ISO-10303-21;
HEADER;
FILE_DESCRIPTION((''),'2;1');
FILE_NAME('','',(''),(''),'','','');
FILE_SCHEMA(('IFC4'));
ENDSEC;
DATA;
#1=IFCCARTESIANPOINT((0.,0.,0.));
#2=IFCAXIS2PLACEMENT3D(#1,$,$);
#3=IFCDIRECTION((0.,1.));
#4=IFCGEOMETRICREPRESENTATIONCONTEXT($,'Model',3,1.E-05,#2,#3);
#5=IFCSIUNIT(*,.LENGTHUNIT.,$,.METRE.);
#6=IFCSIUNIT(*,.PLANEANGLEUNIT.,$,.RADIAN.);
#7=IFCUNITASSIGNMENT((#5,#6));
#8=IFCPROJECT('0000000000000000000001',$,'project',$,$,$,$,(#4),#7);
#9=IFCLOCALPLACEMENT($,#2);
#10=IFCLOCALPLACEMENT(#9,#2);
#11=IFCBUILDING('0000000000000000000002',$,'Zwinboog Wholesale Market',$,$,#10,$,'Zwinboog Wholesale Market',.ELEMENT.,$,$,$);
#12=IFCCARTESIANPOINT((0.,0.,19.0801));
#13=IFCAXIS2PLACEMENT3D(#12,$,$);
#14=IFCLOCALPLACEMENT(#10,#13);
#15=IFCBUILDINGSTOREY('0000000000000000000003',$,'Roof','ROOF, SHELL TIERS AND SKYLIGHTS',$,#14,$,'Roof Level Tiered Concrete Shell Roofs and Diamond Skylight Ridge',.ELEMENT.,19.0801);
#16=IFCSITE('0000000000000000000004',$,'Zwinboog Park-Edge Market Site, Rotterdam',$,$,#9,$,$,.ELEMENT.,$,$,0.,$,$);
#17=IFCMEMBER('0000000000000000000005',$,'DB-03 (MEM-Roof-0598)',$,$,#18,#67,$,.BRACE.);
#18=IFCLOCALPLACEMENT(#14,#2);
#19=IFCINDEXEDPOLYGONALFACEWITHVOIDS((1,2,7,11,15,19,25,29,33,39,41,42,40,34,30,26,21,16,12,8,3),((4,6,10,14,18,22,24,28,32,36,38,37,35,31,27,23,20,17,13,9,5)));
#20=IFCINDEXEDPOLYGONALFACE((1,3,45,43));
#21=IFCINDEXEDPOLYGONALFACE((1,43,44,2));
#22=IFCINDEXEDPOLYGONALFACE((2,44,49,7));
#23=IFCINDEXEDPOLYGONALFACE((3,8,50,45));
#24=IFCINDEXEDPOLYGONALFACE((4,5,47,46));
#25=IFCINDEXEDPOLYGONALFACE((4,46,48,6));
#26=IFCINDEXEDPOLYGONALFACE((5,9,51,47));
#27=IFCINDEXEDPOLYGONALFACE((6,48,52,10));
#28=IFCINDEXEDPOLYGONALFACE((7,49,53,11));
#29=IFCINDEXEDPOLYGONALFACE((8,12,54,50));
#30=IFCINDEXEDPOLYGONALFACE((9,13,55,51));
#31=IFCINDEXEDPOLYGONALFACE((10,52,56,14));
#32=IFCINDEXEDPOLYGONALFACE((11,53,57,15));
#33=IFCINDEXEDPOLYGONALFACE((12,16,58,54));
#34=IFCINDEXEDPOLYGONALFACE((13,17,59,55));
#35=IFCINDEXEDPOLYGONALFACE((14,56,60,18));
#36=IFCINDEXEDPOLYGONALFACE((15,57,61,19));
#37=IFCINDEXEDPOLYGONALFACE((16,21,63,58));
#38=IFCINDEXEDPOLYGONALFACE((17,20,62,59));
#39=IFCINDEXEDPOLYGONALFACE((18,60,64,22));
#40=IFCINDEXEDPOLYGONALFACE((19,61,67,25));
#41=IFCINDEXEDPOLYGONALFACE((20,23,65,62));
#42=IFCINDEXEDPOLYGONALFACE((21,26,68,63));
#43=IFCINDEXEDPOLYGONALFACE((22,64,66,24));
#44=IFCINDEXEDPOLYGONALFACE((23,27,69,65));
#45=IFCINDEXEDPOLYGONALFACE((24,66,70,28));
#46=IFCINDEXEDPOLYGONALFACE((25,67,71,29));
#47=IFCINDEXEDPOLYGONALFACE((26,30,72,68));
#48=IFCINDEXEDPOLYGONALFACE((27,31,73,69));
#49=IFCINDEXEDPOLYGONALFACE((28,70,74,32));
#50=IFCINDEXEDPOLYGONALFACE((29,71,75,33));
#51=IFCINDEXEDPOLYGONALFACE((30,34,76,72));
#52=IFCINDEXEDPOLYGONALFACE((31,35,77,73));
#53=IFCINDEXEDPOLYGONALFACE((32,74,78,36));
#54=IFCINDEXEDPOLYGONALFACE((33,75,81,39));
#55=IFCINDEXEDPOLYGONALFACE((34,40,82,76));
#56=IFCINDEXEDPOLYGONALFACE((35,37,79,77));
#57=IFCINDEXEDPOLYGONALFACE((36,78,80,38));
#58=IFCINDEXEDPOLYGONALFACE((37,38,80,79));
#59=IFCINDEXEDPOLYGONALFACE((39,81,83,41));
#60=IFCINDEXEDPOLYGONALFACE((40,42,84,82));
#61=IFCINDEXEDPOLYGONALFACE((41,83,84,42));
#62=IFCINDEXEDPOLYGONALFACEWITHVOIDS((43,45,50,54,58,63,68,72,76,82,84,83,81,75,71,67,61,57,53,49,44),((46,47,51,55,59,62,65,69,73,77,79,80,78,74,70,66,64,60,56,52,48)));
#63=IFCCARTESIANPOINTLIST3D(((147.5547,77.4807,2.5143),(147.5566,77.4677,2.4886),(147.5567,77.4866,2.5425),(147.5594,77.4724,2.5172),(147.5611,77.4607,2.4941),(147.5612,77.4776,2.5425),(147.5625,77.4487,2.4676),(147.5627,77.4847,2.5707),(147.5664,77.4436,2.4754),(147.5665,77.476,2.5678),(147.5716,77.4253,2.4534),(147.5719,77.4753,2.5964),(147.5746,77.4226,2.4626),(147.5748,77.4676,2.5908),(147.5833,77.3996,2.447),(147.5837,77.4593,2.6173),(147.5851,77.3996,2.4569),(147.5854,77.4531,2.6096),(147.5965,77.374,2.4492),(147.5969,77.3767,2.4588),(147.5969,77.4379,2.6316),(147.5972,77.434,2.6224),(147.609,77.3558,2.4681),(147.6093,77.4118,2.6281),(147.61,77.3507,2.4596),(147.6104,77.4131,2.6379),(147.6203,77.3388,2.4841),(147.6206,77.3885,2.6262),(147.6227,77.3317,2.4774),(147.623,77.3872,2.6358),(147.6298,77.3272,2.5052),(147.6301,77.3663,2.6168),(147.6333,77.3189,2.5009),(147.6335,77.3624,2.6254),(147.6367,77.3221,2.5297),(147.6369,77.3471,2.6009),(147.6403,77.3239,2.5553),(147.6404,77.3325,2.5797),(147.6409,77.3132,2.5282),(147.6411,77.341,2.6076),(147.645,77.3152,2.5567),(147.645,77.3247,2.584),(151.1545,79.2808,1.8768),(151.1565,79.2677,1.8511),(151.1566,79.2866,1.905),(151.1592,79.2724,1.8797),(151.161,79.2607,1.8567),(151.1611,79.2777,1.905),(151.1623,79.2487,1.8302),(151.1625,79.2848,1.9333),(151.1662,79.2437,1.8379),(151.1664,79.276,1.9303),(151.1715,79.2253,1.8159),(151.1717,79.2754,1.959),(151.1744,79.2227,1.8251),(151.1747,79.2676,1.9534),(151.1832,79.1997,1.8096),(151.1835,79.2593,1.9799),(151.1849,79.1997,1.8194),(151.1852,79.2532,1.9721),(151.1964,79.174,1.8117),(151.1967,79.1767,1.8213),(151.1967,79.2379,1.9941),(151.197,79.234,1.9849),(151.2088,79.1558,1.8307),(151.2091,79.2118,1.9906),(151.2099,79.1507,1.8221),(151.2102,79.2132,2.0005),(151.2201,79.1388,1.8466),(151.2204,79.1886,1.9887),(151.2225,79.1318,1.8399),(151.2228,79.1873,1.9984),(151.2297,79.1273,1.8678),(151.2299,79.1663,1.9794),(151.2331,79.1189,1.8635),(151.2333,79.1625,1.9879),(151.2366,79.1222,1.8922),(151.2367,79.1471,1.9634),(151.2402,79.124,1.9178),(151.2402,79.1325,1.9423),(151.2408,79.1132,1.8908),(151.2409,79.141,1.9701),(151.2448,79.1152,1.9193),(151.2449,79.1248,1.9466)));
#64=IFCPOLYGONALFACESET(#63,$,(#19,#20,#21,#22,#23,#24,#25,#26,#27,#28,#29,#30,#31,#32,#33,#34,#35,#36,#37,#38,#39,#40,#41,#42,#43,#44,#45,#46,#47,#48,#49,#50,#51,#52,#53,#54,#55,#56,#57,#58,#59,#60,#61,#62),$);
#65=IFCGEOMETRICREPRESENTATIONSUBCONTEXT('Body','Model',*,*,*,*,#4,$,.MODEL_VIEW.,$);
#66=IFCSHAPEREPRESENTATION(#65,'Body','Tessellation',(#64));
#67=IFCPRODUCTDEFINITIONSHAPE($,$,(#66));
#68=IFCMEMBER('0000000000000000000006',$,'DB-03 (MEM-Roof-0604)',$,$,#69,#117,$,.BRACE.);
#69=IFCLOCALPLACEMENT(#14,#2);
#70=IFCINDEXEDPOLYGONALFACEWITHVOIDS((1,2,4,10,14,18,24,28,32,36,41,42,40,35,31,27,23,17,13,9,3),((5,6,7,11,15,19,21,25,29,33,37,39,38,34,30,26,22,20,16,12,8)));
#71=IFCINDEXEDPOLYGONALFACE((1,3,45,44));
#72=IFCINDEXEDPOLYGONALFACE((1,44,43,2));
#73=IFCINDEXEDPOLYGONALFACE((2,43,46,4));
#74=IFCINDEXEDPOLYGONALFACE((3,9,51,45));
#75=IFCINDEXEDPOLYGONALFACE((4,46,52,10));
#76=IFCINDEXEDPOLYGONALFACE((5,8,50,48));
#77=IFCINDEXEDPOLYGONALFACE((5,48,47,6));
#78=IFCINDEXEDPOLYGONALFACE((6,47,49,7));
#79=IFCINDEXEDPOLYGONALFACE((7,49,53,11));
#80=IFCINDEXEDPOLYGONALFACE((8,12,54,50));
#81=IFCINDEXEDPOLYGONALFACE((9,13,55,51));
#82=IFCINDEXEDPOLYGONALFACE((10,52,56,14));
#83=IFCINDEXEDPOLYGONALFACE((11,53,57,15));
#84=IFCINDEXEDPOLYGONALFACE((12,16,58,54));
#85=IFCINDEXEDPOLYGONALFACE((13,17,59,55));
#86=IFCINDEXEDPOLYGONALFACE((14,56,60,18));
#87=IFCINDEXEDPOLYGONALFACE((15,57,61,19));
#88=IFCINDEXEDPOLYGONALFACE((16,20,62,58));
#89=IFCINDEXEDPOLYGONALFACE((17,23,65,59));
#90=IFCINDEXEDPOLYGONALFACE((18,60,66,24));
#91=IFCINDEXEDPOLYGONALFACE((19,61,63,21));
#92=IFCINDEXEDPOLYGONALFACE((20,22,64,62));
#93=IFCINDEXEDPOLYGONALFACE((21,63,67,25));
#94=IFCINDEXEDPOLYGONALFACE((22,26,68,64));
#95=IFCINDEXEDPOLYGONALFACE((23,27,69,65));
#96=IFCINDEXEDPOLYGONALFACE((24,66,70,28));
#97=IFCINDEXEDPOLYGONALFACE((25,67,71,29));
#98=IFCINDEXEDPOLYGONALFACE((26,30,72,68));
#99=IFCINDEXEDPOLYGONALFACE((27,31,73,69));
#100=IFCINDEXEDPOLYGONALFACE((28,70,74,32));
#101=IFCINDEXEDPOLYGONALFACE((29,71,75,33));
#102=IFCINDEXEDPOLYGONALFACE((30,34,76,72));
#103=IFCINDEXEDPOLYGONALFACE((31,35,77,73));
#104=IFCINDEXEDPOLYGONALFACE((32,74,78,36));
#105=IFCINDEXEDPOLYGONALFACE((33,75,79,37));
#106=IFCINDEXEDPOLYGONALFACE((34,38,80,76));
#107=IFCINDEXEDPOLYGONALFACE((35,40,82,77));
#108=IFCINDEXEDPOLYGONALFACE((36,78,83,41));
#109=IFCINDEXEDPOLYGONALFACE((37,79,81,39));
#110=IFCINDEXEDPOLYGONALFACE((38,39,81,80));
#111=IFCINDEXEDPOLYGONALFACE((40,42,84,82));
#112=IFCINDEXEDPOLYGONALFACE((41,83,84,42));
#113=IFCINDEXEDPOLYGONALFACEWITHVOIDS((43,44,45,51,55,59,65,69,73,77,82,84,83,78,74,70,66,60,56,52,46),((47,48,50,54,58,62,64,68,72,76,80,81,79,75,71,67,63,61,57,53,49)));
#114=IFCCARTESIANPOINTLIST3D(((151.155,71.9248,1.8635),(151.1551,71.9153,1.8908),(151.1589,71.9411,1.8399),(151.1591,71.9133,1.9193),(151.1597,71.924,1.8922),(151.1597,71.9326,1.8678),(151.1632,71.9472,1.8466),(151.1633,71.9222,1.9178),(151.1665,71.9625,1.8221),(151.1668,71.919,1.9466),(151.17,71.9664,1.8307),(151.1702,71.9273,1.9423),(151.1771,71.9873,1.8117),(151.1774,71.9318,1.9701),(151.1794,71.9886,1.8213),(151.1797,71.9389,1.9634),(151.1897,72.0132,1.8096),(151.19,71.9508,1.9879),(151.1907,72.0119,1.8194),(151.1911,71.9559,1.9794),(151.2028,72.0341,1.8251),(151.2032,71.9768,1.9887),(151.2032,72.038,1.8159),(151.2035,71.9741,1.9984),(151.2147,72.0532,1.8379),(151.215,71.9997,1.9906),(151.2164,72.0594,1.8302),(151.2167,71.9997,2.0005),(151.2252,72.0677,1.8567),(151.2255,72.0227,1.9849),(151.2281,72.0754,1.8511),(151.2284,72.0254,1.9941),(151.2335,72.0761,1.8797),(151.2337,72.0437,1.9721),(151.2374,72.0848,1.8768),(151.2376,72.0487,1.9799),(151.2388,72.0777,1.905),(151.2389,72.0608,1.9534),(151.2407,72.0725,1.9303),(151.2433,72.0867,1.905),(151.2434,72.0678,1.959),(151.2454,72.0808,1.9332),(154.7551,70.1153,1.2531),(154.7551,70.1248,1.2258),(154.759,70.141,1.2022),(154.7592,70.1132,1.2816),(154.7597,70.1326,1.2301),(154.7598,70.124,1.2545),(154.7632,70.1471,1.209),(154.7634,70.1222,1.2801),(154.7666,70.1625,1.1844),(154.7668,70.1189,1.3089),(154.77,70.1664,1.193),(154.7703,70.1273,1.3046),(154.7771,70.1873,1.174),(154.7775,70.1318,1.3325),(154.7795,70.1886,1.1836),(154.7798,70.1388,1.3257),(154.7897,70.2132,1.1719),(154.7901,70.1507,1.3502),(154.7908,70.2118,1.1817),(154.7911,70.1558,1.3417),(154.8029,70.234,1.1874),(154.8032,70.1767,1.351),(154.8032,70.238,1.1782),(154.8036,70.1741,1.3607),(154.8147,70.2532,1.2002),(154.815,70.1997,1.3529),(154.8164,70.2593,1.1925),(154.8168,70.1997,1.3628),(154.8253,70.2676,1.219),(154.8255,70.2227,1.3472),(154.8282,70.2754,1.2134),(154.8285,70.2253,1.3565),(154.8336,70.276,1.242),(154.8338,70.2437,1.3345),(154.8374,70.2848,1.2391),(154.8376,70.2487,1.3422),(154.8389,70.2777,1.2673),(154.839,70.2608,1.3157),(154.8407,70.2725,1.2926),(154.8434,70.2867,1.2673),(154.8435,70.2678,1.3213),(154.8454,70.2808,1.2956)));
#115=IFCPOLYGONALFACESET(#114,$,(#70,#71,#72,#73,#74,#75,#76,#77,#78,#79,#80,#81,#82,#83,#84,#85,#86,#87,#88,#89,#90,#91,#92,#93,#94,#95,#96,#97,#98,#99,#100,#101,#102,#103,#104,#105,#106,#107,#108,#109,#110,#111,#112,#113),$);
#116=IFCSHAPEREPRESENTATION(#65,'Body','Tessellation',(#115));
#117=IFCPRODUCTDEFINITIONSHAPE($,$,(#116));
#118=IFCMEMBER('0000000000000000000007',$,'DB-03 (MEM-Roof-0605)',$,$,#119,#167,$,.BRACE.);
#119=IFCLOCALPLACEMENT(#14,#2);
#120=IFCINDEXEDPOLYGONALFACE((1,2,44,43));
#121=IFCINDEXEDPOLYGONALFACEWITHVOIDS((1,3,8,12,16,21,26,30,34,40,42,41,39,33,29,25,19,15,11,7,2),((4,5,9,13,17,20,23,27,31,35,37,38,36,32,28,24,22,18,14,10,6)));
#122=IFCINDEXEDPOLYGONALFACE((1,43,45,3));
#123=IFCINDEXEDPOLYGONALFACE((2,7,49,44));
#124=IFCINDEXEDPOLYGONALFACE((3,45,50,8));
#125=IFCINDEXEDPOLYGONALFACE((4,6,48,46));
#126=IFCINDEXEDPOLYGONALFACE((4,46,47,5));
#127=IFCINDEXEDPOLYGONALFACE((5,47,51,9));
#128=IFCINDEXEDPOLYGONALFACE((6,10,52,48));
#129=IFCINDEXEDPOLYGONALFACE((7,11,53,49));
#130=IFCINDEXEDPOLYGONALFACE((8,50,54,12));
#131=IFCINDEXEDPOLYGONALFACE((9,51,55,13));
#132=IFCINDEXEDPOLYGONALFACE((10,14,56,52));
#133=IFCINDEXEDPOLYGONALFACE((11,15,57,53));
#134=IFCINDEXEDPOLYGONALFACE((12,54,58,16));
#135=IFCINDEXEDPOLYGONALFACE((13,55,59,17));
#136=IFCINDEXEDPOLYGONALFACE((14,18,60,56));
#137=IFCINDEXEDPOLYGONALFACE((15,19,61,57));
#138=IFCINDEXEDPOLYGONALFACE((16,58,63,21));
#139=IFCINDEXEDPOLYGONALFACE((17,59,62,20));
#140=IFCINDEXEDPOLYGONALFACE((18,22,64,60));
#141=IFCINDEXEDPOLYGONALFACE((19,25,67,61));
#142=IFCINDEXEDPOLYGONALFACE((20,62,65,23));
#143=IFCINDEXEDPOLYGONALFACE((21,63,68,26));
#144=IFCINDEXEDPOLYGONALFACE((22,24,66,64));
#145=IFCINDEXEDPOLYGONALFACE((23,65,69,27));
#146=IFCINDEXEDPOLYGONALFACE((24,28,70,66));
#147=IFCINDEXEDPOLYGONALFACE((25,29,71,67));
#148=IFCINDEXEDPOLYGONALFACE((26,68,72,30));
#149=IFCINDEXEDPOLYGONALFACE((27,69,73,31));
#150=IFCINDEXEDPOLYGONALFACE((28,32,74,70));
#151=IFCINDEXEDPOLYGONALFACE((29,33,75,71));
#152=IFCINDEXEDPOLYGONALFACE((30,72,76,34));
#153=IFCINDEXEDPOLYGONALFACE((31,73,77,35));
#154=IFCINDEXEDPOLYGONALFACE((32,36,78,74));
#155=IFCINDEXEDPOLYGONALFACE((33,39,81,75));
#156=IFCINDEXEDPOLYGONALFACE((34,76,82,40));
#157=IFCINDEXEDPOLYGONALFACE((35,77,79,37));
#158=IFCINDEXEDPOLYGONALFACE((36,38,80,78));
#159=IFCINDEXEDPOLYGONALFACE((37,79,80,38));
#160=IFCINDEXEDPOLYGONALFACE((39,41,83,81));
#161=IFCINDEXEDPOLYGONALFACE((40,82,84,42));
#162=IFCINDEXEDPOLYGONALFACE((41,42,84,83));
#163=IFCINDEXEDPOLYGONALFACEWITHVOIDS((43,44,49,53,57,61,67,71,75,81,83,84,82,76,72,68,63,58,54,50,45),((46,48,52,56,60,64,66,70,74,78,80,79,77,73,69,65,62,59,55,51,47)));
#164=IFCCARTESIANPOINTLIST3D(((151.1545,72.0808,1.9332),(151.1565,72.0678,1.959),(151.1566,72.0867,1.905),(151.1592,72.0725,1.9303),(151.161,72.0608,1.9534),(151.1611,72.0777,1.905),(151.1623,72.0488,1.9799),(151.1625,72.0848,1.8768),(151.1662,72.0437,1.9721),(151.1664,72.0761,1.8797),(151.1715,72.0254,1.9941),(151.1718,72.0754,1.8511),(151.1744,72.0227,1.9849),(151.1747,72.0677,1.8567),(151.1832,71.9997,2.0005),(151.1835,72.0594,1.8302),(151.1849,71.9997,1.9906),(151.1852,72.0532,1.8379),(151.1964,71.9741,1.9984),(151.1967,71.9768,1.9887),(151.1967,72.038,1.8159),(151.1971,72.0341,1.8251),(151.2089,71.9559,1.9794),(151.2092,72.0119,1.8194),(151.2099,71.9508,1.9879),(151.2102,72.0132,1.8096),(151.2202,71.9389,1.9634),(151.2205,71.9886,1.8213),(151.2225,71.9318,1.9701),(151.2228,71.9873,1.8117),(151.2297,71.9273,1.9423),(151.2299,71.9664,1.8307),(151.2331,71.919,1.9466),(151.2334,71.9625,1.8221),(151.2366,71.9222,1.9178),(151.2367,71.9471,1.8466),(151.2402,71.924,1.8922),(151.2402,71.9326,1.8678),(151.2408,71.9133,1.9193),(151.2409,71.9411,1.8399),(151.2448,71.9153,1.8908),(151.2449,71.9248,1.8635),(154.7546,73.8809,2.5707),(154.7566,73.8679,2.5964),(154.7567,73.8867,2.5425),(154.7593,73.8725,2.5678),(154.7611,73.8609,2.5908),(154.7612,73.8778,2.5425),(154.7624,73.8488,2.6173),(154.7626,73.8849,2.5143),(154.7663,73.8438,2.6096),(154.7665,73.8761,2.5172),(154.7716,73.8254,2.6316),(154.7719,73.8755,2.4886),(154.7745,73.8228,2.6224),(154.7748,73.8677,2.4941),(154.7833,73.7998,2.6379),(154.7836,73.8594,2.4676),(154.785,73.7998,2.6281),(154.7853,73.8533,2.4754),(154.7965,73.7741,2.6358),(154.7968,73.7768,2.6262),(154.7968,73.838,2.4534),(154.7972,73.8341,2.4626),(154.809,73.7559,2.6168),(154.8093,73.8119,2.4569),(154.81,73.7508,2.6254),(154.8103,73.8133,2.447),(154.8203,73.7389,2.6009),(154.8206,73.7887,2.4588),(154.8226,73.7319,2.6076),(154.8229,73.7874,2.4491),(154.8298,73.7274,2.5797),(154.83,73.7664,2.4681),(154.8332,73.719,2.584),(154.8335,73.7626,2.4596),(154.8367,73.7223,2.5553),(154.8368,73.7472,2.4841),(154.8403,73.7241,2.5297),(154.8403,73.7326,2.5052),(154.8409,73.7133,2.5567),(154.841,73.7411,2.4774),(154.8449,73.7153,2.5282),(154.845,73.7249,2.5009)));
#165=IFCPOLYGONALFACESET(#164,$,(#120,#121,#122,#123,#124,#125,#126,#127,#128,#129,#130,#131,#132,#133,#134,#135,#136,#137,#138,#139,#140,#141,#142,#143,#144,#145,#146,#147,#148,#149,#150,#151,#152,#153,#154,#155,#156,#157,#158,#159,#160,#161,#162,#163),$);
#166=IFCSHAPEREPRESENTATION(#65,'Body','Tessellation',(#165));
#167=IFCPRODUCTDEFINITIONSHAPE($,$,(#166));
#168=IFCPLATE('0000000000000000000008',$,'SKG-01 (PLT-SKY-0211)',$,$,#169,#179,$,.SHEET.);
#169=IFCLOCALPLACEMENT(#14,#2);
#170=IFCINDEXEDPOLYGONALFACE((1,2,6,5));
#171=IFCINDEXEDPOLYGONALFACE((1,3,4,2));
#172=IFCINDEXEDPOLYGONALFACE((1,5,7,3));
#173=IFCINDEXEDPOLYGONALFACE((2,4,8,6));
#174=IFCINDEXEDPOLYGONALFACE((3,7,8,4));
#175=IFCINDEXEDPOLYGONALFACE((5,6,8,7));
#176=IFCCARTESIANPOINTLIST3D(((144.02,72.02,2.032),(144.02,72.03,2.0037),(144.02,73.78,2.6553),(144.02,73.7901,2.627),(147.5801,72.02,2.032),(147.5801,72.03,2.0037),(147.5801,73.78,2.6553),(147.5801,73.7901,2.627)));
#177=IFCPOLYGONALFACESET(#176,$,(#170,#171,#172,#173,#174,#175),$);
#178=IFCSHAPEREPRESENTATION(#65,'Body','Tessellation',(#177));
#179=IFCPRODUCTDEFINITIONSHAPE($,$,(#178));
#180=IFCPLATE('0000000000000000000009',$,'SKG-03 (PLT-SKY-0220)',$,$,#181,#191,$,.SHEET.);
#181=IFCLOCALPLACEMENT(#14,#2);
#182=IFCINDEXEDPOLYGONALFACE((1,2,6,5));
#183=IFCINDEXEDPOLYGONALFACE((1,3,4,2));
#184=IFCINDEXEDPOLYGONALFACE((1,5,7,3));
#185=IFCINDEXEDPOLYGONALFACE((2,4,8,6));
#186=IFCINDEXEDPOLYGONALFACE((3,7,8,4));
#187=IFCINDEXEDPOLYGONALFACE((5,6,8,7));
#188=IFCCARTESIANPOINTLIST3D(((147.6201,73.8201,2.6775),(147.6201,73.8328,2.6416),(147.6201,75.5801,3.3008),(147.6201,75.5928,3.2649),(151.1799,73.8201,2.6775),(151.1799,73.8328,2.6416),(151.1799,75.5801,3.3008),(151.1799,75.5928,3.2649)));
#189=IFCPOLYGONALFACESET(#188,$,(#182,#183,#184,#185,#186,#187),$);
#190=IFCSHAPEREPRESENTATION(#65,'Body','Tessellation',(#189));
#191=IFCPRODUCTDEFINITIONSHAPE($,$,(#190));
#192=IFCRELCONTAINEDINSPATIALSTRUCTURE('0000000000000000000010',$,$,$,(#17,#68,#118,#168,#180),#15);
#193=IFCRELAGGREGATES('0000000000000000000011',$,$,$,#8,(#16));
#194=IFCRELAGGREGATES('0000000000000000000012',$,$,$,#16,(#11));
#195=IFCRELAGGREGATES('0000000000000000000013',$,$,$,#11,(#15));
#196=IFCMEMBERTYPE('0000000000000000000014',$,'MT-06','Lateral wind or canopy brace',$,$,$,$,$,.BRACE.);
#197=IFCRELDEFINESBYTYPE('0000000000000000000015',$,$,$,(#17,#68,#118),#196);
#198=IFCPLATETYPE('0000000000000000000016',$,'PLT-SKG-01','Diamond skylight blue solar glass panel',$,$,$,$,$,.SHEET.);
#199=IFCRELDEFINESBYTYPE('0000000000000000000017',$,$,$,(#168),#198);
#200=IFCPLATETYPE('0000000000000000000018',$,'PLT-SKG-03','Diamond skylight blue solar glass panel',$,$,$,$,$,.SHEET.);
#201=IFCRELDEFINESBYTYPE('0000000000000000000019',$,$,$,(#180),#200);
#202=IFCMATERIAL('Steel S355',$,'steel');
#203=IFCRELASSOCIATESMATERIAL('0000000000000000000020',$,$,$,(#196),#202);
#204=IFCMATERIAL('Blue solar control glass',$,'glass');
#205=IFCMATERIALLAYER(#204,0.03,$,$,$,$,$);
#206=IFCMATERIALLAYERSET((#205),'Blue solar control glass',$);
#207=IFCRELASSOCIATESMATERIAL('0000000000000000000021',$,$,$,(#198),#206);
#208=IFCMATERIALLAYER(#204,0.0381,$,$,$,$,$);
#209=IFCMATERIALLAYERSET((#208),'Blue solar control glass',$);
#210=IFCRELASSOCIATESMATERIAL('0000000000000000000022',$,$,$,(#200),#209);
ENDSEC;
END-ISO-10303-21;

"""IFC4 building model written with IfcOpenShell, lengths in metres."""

from ifc_helpers import new_model, si_unit, direction, frame, origin, origin_2d, place, context, subcontext, project, spatial, polyline, hollow_circle, outline, extrude, material, layer, layer_set, material_profile, profile_set, type_object, element, save


model = new_model("IFC4")

# Units and contexts
model_context = context("Model", 3, precision=1e-05, world=origin(), true_north=direction((0.0, 1.0)))
body_context = subcontext(model_context, "Body", "Model", "MODEL_VIEW")
ifc_project = project(units=[si_unit("LENGTHUNIT", "METRE"), si_unit("PLANEANGLEUNIT", "RADIAN")], contexts=[model_context])

# Site, building, storey
site_placement = place(None, origin())
site = spatial("IfcSite", under=ifc_project, at=site_placement, Name="Zwinboog Park-Edge Market Site, Rotterdam", CompositionType="ELEMENT", RefElevation=0.0)
building_placement = place(site_placement, origin())
building = spatial("IfcBuilding", under=site, at=building_placement, Name="Zwinboog Wholesale Market", LongName="Zwinboog Wholesale Market", CompositionType="ELEMENT")
storey_placement = place(building_placement, frame((0.0, 0.0, 19.0801)))
storey = spatial("IfcBuildingStorey", under=building, at=storey_placement, Name="Roof", Description="ROOF, SHELL TIERS AND SKYLIGHTS", LongName="Roof Level Tiered Concrete Shell Roofs and Diamond Skylight Ridge", CompositionType="ELEMENT", Elevation=19.0801)

# Members
ifc_material_1 = material(Name="Steel S355", Category="steel")
ifc_material_profile_1 = material_profile(ifc_material_1, hollow_circle(Radius=0.0969, WallThickness=0.01, at=origin_2d()), Name="CHS 193.7x10")
ifc_profile_set_1 = profile_set([ifc_material_profile_1], Name="Steel S355")
member_type_1 = type_object("IfcMemberType", Name="MT-06", Description="Lateral wind or canopy brace", PredefinedType="BRACE", material=ifc_profile_set_1)
for number, where, z_axis, x_axis, name in (
    (1, (147.6001, 77.3999, 2.5425), (0.883404, 0.441732, -0.15643), (-0.447238, 0.894415, 0.0), "DB-03 (MEM-Roof-0598)"),
):
    element("IfcMember", number, at=place(storey_placement, frame(where, z_axis=z_axis, x_axis=x_axis)), inside=storey, type_object=member_type_1, Name=name, PredefinedType="BRACE", context=body_context, shape_type="SweptSolid", body=[
        extrude(hollow_circle(Radius=0.0969, WallThickness=0.01, at=origin_2d()), origin(), (0.0, 0.0, 1.0), 4.075),
    ])
for number, where, z_axis, x_axis, name in (
    (2, (151.2, 72.0, 1.905), (0.883409, -0.441704, -0.156481), (0.447214, 0.894427, 0.0), "DB-03 (MEM-Roof-0604)"),
    (3, (151.2, 72.0, 1.905), (0.883417, 0.441709, 0.156422), (-0.447214, 0.894427, 0.0), "DB-03 (MEM-Roof-0605)"),
):
    element("IfcMember", number, at=place(storey_placement, frame(where, z_axis=z_axis, x_axis=x_axis)), inside=storey, type_object=member_type_1, Name=name, PredefinedType="BRACE", context=body_context, shape_type="SweptSolid", body=[
        extrude(hollow_circle(Radius=0.0969, WallThickness=0.01, at=origin_2d()), origin(), (0.0, 0.0, 1.0), 4.0752),
    ])

# Plates
ifc_material_2 = material(Name="Blue solar control glass", Category="glass")
ifc_layer_1 = layer(ifc_material_2, 0.03)
ifc_layer_set_1 = layer_set([ifc_layer_1], Name="Blue solar control glass")
plate_type_1 = type_object("IfcPlateType", Name="PLT-SKG-01", Description="Diamond skylight blue solar glass panel", PredefinedType="SHEET", material=ifc_layer_set_1)
plate_1_placement = place(storey_placement, frame((144.02, 72.02, 2.032), z_axis=(0.0, -0.333825, 0.942635), x_axis=(1.0, 0.0, 0.0)))
element("IfcPlate", 4, at=plate_1_placement, inside=storey, type_object=plate_type_1, Name="SKG-01 (PLT-SKY-0211)", PredefinedType="SHEET", context=body_context, shape_type="SweptSolid", body=[
    extrude(outline(polyline([(0.0, 0.0), (3.5601, 0.0), (3.5601, 1.8671), (0.0, 1.8671), (0.0, 0.0)])), origin(), (0.0, 0.0, -1.0), 0.03),
])
ifc_layer_2 = layer(ifc_material_2, 0.0381)
ifc_layer_set_2 = layer_set([ifc_layer_2], Name="Blue solar control glass")
plate_type_2 = type_object("IfcPlateType", Name="PLT-SKG-03", Description="Diamond skylight blue solar glass panel", PredefinedType="SHEET", material=ifc_layer_set_2)
plate_2_placement = place(storey_placement, frame((147.6201, 73.8201, 2.6775), z_axis=(0.0, -0.333825, 0.942635), x_axis=(1.0, 0.0, 0.0)))
element("IfcPlate", 5, at=plate_2_placement, inside=storey, type_object=plate_type_2, Name="SKG-03 (PLT-SKY-0220)", PredefinedType="SHEET", context=body_context, shape_type="SweptSolid", body=[
    extrude(outline(polyline([(0.0, 0.0), (3.5598, 0.0), (3.5598, 1.8671), (0.0, 1.8671), (0.0, 0.0)])), origin(), (0.0, 0.0, -1.0), 0.0381),
])

save(model, "model.ifc")
